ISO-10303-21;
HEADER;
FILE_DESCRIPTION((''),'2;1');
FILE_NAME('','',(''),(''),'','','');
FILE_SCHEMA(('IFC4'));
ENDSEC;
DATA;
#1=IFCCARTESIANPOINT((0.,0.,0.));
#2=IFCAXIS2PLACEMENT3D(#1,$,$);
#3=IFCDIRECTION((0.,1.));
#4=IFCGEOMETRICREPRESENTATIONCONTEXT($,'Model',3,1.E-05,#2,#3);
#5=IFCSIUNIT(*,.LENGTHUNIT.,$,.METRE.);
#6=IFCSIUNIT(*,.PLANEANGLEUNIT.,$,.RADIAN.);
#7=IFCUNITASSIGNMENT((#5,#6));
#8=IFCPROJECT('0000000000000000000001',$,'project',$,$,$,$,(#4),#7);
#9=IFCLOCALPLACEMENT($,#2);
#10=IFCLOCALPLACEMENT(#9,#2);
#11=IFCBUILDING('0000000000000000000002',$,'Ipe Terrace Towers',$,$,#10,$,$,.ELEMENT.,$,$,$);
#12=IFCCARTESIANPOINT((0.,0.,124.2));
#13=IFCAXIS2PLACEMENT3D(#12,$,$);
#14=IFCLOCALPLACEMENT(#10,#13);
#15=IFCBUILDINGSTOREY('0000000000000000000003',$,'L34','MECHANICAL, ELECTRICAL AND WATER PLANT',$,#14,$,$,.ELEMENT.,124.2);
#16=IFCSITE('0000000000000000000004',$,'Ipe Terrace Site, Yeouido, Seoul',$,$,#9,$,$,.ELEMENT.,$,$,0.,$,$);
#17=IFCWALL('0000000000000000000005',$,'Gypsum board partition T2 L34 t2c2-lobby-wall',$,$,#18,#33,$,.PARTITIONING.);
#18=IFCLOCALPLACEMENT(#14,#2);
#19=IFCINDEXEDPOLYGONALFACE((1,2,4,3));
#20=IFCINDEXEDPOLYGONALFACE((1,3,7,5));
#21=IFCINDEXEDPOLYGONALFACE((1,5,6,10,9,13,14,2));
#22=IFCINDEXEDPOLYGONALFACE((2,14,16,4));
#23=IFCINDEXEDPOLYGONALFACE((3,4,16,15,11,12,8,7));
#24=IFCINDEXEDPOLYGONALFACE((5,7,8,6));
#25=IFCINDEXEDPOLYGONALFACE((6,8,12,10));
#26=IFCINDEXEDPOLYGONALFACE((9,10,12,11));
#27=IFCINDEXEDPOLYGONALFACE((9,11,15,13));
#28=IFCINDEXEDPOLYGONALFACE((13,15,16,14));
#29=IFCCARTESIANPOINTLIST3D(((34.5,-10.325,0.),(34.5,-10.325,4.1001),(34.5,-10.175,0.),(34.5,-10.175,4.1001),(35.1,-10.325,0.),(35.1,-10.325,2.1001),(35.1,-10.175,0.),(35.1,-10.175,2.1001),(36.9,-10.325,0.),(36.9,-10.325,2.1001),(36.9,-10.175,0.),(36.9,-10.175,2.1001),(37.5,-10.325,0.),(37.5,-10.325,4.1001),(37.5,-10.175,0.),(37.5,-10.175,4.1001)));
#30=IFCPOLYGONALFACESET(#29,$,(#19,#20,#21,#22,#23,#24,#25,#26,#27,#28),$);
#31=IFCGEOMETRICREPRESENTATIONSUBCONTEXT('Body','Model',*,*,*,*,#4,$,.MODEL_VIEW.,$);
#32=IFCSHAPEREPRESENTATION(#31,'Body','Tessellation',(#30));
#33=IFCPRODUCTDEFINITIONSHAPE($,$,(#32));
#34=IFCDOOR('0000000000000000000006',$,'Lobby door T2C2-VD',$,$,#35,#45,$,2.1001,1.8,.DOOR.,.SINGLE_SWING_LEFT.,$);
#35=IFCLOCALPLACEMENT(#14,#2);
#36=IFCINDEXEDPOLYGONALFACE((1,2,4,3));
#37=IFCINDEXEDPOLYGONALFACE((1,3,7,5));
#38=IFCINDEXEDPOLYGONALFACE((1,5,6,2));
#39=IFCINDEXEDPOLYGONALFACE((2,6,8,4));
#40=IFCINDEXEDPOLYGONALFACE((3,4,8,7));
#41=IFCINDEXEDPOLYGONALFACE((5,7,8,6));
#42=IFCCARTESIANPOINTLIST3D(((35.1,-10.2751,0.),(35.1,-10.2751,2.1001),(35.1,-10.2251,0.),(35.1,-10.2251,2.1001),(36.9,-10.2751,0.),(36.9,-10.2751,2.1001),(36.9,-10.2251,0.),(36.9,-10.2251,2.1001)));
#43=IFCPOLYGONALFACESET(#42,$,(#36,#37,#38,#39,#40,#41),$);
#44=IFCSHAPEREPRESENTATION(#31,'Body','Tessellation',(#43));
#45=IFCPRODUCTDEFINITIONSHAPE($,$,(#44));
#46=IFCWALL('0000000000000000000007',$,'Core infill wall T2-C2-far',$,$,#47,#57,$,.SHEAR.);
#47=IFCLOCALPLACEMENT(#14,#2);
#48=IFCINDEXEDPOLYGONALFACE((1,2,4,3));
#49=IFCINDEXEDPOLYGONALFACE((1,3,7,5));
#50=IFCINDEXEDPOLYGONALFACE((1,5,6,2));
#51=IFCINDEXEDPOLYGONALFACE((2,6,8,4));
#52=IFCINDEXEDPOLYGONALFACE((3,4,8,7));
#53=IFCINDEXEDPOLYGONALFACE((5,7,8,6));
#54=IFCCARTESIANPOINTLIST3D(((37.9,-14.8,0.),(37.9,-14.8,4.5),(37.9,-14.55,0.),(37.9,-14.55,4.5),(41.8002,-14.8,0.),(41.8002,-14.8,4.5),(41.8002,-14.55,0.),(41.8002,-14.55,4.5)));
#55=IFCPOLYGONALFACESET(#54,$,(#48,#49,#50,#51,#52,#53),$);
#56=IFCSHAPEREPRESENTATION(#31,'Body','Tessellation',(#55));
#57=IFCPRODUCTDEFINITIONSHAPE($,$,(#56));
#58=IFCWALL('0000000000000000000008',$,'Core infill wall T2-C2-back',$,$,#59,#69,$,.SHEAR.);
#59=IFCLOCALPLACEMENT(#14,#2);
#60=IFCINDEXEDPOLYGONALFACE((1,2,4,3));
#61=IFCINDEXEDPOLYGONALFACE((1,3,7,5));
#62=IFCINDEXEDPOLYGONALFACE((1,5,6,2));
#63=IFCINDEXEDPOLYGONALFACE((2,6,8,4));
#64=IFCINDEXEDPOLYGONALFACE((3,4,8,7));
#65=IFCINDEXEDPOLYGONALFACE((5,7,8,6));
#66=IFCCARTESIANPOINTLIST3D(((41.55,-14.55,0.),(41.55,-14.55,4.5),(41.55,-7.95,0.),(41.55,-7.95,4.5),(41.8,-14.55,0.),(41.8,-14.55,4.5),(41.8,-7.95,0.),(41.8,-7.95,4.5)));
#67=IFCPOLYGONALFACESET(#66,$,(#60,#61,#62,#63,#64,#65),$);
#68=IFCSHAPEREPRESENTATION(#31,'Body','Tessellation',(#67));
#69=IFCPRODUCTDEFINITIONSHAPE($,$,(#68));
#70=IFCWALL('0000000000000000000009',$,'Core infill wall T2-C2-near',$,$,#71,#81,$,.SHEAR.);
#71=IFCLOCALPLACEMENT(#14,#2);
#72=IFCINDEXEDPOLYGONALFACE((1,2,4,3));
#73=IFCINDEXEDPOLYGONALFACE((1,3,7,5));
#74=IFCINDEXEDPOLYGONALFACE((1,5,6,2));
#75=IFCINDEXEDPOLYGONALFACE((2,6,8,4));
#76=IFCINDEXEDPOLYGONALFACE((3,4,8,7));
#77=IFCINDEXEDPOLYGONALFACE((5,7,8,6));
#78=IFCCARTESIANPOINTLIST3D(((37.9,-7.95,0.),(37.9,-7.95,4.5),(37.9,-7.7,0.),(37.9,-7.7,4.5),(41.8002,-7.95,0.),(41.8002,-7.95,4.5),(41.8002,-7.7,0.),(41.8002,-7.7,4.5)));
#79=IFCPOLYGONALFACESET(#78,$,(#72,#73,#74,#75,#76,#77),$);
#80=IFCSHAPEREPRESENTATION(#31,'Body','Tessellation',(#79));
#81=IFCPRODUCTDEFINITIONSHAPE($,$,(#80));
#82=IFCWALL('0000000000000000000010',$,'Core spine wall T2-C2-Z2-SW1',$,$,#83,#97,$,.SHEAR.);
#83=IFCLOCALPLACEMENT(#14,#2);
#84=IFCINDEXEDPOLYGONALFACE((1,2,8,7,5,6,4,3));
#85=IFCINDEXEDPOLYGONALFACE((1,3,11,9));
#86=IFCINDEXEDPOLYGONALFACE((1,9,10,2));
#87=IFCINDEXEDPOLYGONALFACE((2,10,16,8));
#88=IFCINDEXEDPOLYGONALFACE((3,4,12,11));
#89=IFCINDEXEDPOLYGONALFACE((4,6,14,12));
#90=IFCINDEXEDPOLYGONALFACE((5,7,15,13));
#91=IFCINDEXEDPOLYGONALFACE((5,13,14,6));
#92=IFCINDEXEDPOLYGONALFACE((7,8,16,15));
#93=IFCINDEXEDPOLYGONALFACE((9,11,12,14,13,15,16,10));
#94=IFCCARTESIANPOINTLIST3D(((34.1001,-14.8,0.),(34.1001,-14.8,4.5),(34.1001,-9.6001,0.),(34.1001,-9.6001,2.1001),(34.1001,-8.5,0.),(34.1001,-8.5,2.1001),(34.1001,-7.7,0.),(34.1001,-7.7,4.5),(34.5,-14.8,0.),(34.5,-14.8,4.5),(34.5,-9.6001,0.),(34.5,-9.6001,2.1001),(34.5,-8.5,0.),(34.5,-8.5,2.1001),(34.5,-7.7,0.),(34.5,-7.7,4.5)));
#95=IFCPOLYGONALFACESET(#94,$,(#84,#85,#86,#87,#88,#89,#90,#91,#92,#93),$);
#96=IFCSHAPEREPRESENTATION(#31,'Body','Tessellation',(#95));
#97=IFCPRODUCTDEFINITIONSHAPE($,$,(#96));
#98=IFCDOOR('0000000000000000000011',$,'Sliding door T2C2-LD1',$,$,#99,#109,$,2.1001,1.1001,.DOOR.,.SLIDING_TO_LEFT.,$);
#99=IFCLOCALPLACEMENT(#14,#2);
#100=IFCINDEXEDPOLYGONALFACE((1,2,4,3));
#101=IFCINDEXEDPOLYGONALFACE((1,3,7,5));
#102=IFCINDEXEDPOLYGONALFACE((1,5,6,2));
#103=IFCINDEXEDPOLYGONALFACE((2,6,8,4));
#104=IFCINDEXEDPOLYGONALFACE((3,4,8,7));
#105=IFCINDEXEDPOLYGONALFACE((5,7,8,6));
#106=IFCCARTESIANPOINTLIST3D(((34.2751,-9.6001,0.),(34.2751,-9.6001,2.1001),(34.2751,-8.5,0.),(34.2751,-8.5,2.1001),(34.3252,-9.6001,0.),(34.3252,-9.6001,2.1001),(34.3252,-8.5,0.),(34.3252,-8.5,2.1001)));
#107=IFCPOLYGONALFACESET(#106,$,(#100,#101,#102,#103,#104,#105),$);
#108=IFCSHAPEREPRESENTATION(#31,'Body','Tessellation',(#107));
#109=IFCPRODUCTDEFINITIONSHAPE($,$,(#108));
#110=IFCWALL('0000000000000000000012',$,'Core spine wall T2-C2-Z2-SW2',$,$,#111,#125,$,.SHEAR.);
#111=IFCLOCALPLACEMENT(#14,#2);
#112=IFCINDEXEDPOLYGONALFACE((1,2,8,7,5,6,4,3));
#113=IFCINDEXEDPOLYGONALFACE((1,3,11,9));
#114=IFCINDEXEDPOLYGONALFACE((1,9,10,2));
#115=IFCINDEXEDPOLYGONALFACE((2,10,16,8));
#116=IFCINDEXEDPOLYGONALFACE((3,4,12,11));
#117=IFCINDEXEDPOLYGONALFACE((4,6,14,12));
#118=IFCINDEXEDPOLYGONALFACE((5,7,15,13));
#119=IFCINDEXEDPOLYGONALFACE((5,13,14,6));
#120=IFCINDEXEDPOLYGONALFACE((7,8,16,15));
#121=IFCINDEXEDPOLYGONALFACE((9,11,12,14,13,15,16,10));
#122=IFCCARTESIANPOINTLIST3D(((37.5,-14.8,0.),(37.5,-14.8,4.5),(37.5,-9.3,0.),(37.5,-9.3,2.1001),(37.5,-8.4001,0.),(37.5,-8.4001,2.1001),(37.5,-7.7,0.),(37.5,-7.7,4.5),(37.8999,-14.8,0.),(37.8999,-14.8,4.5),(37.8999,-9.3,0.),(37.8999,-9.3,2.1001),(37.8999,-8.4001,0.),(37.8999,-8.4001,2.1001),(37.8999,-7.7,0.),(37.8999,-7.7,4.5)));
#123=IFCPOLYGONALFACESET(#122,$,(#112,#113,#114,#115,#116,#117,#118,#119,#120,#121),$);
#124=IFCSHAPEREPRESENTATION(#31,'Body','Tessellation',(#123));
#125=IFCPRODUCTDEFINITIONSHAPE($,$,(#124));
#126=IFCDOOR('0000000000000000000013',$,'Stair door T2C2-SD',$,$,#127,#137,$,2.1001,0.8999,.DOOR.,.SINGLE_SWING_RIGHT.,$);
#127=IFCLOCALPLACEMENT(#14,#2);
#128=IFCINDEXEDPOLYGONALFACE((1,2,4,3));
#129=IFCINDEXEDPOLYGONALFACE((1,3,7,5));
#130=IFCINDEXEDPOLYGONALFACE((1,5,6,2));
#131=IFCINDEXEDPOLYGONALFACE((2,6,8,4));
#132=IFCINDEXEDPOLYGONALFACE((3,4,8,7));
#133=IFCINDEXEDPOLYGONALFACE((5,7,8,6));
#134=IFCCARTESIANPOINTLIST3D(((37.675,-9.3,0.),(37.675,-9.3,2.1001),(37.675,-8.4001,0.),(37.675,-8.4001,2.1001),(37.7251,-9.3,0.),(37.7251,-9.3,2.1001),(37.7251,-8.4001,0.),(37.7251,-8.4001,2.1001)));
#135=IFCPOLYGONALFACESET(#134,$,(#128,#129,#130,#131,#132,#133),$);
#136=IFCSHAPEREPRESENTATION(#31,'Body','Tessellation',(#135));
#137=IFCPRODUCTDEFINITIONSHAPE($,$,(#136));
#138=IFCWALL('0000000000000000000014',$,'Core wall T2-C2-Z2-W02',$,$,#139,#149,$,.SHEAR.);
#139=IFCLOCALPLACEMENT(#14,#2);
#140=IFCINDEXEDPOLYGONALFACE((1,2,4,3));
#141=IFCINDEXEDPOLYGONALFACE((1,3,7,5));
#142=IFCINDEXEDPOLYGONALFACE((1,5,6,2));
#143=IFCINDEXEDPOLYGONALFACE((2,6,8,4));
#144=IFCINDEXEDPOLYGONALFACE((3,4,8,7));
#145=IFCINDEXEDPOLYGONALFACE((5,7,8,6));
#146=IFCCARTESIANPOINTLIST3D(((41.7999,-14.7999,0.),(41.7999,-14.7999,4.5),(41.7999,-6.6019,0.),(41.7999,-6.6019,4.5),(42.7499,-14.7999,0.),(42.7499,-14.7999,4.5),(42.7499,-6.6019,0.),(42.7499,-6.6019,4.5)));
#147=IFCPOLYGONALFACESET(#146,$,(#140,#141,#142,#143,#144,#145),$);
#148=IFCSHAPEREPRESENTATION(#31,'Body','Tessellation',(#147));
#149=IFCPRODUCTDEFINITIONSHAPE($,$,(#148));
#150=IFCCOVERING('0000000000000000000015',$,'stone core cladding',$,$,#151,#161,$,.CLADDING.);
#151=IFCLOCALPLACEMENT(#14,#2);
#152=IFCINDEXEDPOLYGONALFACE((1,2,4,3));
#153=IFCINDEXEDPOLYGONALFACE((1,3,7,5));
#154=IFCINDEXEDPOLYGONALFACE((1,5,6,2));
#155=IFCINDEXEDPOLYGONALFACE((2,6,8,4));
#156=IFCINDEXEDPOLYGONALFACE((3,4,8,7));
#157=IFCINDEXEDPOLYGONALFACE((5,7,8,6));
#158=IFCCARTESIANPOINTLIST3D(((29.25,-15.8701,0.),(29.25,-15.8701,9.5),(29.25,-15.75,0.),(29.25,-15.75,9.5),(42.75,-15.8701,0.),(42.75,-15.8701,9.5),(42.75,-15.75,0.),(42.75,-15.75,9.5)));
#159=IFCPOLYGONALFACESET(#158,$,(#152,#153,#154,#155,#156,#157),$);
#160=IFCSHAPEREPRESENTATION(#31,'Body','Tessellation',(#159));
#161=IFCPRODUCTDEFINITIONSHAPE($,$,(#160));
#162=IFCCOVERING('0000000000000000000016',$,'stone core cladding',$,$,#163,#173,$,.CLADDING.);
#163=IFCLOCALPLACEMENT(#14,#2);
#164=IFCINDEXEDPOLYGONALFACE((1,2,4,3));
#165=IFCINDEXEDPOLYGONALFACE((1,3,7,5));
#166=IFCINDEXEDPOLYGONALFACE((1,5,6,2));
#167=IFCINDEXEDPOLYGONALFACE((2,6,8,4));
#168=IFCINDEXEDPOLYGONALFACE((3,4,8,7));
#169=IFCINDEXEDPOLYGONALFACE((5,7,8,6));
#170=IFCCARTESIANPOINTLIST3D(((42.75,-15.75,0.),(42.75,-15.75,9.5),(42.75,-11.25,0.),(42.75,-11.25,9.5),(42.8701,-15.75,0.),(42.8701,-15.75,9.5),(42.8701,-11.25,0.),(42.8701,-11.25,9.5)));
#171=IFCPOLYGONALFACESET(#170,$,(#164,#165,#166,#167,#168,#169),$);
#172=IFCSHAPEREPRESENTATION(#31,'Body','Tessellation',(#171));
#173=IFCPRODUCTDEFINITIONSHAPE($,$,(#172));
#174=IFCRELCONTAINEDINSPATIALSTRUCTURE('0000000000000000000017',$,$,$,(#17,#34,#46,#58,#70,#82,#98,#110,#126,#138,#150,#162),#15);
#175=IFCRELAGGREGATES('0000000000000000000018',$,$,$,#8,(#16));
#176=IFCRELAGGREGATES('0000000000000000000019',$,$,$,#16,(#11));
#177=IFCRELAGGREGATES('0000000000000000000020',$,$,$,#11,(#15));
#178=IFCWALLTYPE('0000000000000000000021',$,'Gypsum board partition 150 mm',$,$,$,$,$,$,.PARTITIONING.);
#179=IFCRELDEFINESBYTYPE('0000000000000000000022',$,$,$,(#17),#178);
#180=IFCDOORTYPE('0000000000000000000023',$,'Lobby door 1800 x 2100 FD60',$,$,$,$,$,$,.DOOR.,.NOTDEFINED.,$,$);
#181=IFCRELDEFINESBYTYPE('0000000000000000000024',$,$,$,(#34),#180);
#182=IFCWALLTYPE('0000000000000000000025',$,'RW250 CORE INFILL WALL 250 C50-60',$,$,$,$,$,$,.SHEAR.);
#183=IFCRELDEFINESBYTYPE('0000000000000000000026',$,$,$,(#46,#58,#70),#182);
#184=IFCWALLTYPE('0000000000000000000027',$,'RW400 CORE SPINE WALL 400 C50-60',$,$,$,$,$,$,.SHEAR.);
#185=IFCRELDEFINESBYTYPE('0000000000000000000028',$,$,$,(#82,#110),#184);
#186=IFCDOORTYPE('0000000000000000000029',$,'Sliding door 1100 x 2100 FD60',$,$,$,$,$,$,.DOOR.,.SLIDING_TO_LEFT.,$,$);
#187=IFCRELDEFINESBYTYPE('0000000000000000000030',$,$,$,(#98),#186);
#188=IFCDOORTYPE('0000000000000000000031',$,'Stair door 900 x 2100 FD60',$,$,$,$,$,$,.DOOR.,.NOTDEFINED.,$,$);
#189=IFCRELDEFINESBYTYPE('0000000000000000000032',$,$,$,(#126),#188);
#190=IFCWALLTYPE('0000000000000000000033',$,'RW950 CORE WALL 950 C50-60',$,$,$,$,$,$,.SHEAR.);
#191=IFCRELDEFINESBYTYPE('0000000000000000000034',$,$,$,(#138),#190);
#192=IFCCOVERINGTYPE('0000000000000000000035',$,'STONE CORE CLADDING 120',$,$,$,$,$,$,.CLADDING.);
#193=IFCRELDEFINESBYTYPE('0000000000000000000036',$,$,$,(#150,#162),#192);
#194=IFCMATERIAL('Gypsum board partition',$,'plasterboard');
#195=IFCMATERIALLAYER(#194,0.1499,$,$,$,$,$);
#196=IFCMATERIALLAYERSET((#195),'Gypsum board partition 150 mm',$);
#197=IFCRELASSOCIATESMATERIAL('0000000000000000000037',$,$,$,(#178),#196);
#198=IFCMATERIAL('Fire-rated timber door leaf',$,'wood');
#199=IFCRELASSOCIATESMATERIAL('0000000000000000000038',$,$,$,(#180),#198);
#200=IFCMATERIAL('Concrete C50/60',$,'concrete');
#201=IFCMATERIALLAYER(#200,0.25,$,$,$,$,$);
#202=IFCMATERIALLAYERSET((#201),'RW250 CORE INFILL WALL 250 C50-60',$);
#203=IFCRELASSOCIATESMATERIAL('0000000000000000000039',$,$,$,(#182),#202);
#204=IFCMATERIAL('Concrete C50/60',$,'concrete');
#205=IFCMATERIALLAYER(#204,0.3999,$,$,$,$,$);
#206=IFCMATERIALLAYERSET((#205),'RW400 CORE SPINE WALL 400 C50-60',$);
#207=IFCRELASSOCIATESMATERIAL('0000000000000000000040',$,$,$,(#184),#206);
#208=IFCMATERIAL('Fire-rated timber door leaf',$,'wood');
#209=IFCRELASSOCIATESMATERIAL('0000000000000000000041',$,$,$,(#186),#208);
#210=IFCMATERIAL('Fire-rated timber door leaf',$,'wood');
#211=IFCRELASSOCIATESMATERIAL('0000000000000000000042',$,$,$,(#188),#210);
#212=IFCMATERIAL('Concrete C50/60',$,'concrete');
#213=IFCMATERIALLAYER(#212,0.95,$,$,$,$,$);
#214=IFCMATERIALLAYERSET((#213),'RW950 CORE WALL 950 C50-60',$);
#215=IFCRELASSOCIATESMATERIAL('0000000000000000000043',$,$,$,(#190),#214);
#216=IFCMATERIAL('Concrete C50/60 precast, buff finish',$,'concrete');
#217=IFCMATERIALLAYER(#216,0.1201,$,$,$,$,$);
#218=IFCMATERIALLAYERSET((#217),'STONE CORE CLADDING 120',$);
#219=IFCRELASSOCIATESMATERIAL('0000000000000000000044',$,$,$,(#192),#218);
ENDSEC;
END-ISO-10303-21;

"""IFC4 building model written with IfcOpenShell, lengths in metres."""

from ifc_helpers import new_model, si_unit, direction, frame, frame_2d, origin, origin_2d, place, context, subcontext, project, spatial, rectangle, extrude, material, layer, layer_set, type_object, element, fill, save


model = new_model("IFC4")

# Units and contexts
model_context = context("Model", 3, precision=1e-05, world=origin(), true_north=direction((0.0, 1.0)))
body_context = subcontext(model_context, "Body", "Model", "MODEL_VIEW")
ifc_project = project(units=[si_unit("LENGTHUNIT", "METRE"), si_unit("PLANEANGLEUNIT", "RADIAN")], contexts=[model_context])

# Site, building, storey
site_placement = place(None, origin())
site = spatial("IfcSite", under=ifc_project, at=site_placement, Name="Ipe Terrace Site, Yeouido, Seoul", CompositionType="ELEMENT", RefElevation=0.0)
building_placement = place(site_placement, origin())
building = spatial("IfcBuilding", under=site, at=building_placement, Name="Ipe Terrace Towers", CompositionType="ELEMENT")
storey_placement = place(building_placement, frame((0.0, 0.0, 124.2)))
storey = spatial("IfcBuildingStorey", under=building, at=storey_placement, Name="L34", Description="MECHANICAL, ELECTRICAL AND WATER PLANT", CompositionType="ELEMENT", Elevation=124.2)

# Wall, opening, door
ifc_material_1 = material(Name="Gypsum board partition", Category="plasterboard")
ifc_layer_1 = layer(ifc_material_1, 0.1499)
ifc_layer_set_1 = layer_set([ifc_layer_1], Name="Gypsum board partition 150 mm")
wall_type_1 = type_object("IfcWallType", Name="Gypsum board partition 150 mm", PredefinedType="PARTITIONING", material=ifc_layer_set_1)
wall_1_placement = place(storey_placement, frame((34.5, -10.25, 0.0), z_axis=(0.0, 0.0, 1.0), x_axis=(1.0, 0.0, 0.0)))
wall_1 = element("IfcWall", 1, at=wall_1_placement, inside=storey, type_object=wall_type_1, Name="Gypsum board partition T2 L34 t2c2-lobby-wall", PredefinedType="PARTITIONING", context=body_context, shape_type="SweptSolid", body=[
    extrude(rectangle(XDim=3.0, YDim=0.1499, at=frame_2d((1.5, 0.0))), origin(), (0.0, 0.0, 1.0), 4.1001),
])
opening_1_placement = place(wall_1_placement, frame((0.6001, 0.0, 0.0)))
opening_1 = element("IfcOpeningElement", 2, at=opening_1_placement, cuts=wall_1, PredefinedType="OPENING", context=body_context, shape_type="SweptSolid", body=[
    extrude(rectangle(XDim=1.8, YDim=2.1001, at=frame_2d((0.8999, 1.05))), frame((0.0, 0.085, 0.0), z_axis=(0.0, -1.0, 0.0), x_axis=(1.0, 0.0, 0.0)), (0.0, 0.0, 1.0), 0.1699),
])
ifc_material_2 = material(Name="Fire-rated timber door leaf", Category="wood")
door_type_1 = type_object("IfcDoorType", Name="Lobby door 1800 x 2100 FD60", OperationType="NOTDEFINED", PredefinedType="DOOR", material=ifc_material_2)
door_1_placement = place(opening_1_placement, origin())
door_1 = element("IfcDoor", 3, at=door_1_placement, inside=storey, type_object=door_type_1, Name="Lobby door T2C2-VD", OperationType="SINGLE_SWING_LEFT", OverallHeight=2.1001, OverallWidth=1.8, PredefinedType="DOOR", context=body_context, shape_type="SweptSolid", body=[
    extrude(rectangle(XDim=1.8, YDim=2.1001, at=frame_2d((0.8999, 1.05))), frame((0.0, 0.0249, 0.0), z_axis=(0.0, -1.0, 0.0), x_axis=(1.0, 0.0, 0.0)), (0.0, 0.0, 1.0), 0.05),
])
fill(opening_1, door_1)

# Walls
ifc_material_3 = material(Name="Concrete C50/60", Category="concrete")
ifc_layer_2 = layer(ifc_material_3, 0.25)
ifc_layer_set_2 = layer_set([ifc_layer_2], Name="RW250 CORE INFILL WALL 250 C50-60")
wall_type_2 = type_object("IfcWallType", Name="RW250 CORE INFILL WALL 250 C50-60", PredefinedType="SHEAR", material=ifc_layer_set_2)
wall_2_placement = place(storey_placement, frame((37.8999, -14.675, 0.0), z_axis=(0.0, 0.0, 1.0), x_axis=(1.0, 0.0, 0.0)))
element("IfcWall", 4, at=wall_2_placement, inside=storey, type_object=wall_type_2, Name="Core infill wall T2-C2-far", PredefinedType="SHEAR", context=body_context, shape_type="SweptSolid", body=[
    extrude(rectangle(XDim=3.9001, YDim=0.25, at=frame_2d((1.9502, 0.0))), origin(), (0.0, 0.0, 1.0), 4.5),
])
wall_3_placement = place(storey_placement, frame((41.675, -7.95, 0.0), z_axis=(0.0, 0.0, 1.0), x_axis=(0.0, -1.0, 0.0)))
element("IfcWall", 5, at=wall_3_placement, inside=storey, type_object=wall_type_2, Name="Core infill wall T2-C2-back", PredefinedType="SHEAR", context=body_context, shape_type="SweptSolid", body=[
    extrude(rectangle(XDim=6.6001, YDim=0.25, at=frame_2d((3.3, 0.0))), origin(), (0.0, 0.0, 1.0), 4.5),
])
wall_4_placement = place(storey_placement, frame((37.8999, -7.825, 0.0), z_axis=(0.0, 0.0, 1.0), x_axis=(1.0, 0.0, 0.0)))
element("IfcWall", 6, at=wall_4_placement, inside=storey, type_object=wall_type_2, Name="Core infill wall T2-C2-near", PredefinedType="SHEAR", context=body_context, shape_type="SweptSolid", body=[
    extrude(rectangle(XDim=3.9001, YDim=0.25, at=frame_2d((1.9502, 0.0))), origin(), (0.0, 0.0, 1.0), 4.5),
])

# Walls, openings, doors
ifc_material_4 = material(Name="Concrete C50/60", Category="concrete")
ifc_layer_3 = layer(ifc_material_4, 0.3999)
ifc_layer_set_3 = layer_set([ifc_layer_3], Name="RW400 CORE SPINE WALL 400 C50-60")
wall_type_3 = type_object("IfcWallType", Name="RW400 CORE SPINE WALL 400 C50-60", PredefinedType="SHEAR", material=ifc_layer_set_3)
wall_5_placement = place(storey_placement, frame((34.3, -14.8, 0.0), z_axis=(0.0, 0.0, 1.0), x_axis=(0.0, 1.0, 0.0)))
wall_5 = element("IfcWall", 7, at=wall_5_placement, inside=storey, type_object=wall_type_3, Name="Core spine wall T2-C2-Z2-SW1", PredefinedType="SHEAR", context=body_context, shape_type="SweptSolid", body=[
    extrude(rectangle(XDim=7.1001, YDim=0.3999, at=frame_2d((3.55, 0.0))), origin(), (0.0, 0.0, 1.0), 4.5),
])
opening_2_placement = place(wall_5_placement, frame((5.2, 0.0, 0.0)))
opening_2 = element("IfcOpeningElement", 8, at=opening_2_placement, cuts=wall_5, PredefinedType="OPENING", context=body_context, shape_type="SweptSolid", body=[
    extrude(rectangle(XDim=1.1001, YDim=2.1001, at=frame_2d((0.55, 1.05))), frame((0.0, 0.21, 0.0), z_axis=(0.0, -1.0, 0.0), x_axis=(1.0, 0.0, 0.0)), (0.0, 0.0, 1.0), 0.4199),
])
ifc_material_5 = material(Name="Fire-rated timber door leaf", Category="wood")
door_type_2 = type_object("IfcDoorType", Name="Sliding door 1100 x 2100 FD60", OperationType="SLIDING_TO_LEFT", PredefinedType="DOOR", material=ifc_material_5)
door_2_placement = place(opening_2_placement, origin())
door_2 = element("IfcDoor", 9, at=door_2_placement, inside=storey, type_object=door_type_2, Name="Sliding door T2C2-LD1", OperationType="SLIDING_TO_LEFT", OverallHeight=2.1001, OverallWidth=1.1001, PredefinedType="DOOR", context=body_context, shape_type="SweptSolid", body=[
    extrude(rectangle(XDim=1.1001, YDim=2.1001, at=frame_2d((0.55, 1.05))), frame((0.0, 0.0249, 0.0), z_axis=(0.0, -1.0, 0.0), x_axis=(1.0, 0.0, 0.0)), (0.0, 0.0, 1.0), 0.05),
])
fill(opening_2, door_2)
wall_6_placement = place(storey_placement, frame((37.7, -14.8, 0.0), z_axis=(0.0, 0.0, 1.0), x_axis=(0.0, 1.0, 0.0)))
wall_6 = element("IfcWall", 10, at=wall_6_placement, inside=storey, type_object=wall_type_3, Name="Core spine wall T2-C2-Z2-SW2", PredefinedType="SHEAR", context=body_context, shape_type="SweptSolid", body=[
    extrude(rectangle(XDim=7.1001, YDim=0.3999, at=frame_2d((3.55, 0.0))), origin(), (0.0, 0.0, 1.0), 4.5),
])
opening_3_placement = place(wall_6_placement, frame((5.5, 0.0, 0.0)))
opening_3 = element("IfcOpeningElement", 11, at=opening_3_placement, cuts=wall_6, PredefinedType="OPENING", context=body_context, shape_type="SweptSolid", body=[
    extrude(rectangle(XDim=0.8999, YDim=2.1001, at=frame_2d((0.45, 1.05))), frame((0.0, 0.21, 0.0), z_axis=(0.0, -1.0, 0.0), x_axis=(1.0, 0.0, 0.0)), (0.0, 0.0, 1.0), 0.4199),
])
ifc_material_6 = material(Name="Fire-rated timber door leaf", Category="wood")
door_type_3 = type_object("IfcDoorType", Name="Stair door 900 x 2100 FD60", OperationType="NOTDEFINED", PredefinedType="DOOR", material=ifc_material_6)
door_3_placement = place(opening_3_placement, origin())
door_3 = element("IfcDoor", 12, at=door_3_placement, inside=storey, type_object=door_type_3, Name="Stair door T2C2-SD", OperationType="SINGLE_SWING_RIGHT", OverallHeight=2.1001, OverallWidth=0.8999, PredefinedType="DOOR", context=body_context, shape_type="SweptSolid", body=[
    extrude(rectangle(XDim=0.8999, YDim=2.1001, at=frame_2d((0.45, 1.05))), frame((0.0, 0.0249, 0.0), z_axis=(0.0, -1.0, 0.0), x_axis=(1.0, 0.0, 0.0)), (0.0, 0.0, 1.0), 0.05),
])
fill(opening_3, door_3)

# Wall
ifc_material_7 = material(Name="Concrete C50/60", Category="concrete")
ifc_layer_4 = layer(ifc_material_7, 0.95)
ifc_layer_set_4 = layer_set([ifc_layer_4], Name="RW950 CORE WALL 950 C50-60")
wall_type_4 = type_object("IfcWallType", Name="RW950 CORE WALL 950 C50-60", PredefinedType="SHEAR", material=ifc_layer_set_4)
wall_7_placement = place(storey_placement, frame((42.2749, -14.8, 0.0), z_axis=(0.0, 0.0, 1.0), x_axis=(0.0, 1.0, 0.0)))
element("IfcWall", 13, at=wall_7_placement, inside=storey, type_object=wall_type_4, Name="Core wall T2-C2-Z2-W02", PredefinedType="SHEAR", context=body_context, shape_type="SweptSolid", body=[
    extrude(rectangle(XDim=8.198, YDim=0.95, at=frame_2d((4.0991, 0.0))), origin(), (0.0, 0.0, 1.0), 4.5),
])

# Coverings
ifc_material_8 = material(Name="Concrete C50/60 precast, buff finish", Category="concrete")
ifc_layer_5 = layer(ifc_material_8, 0.1201)
ifc_layer_set_5 = layer_set([ifc_layer_5], Name="STONE CORE CLADDING 120")
covering_type = type_object("IfcCoveringType", Name="STONE CORE CLADDING 120", PredefinedType="CLADDING", material=ifc_layer_set_5)
covering_1_placement = place(storey_placement, frame((36.0, -15.8101, 0.0), z_axis=(0.0, 0.0, 1.0), x_axis=(1.0, 0.0, 0.0)))
element("IfcCovering", 14, at=covering_1_placement, inside=storey, type_object=covering_type, Name="stone core cladding", PredefinedType="CLADDING", context=body_context, shape_type="SweptSolid", body=[
    extrude(rectangle(XDim=13.5, YDim=0.1201, at=origin_2d()), origin(), (0.0, 0.0, 1.0), 9.5),
])
covering_2_placement = place(storey_placement, frame((42.8101, -13.5, 0.0), z_axis=(0.0, 0.0, 1.0), x_axis=(0.0, 1.0, 0.0)))
element("IfcCovering", 15, at=covering_2_placement, inside=storey, type_object=covering_type, Name="stone core cladding", PredefinedType="CLADDING", context=body_context, shape_type="SweptSolid", body=[
    extrude(rectangle(XDim=4.5, YDim=0.1201, at=origin_2d()), origin(), (0.0, 0.0, 1.0), 9.5),
])

save(model, "model.ifc")
